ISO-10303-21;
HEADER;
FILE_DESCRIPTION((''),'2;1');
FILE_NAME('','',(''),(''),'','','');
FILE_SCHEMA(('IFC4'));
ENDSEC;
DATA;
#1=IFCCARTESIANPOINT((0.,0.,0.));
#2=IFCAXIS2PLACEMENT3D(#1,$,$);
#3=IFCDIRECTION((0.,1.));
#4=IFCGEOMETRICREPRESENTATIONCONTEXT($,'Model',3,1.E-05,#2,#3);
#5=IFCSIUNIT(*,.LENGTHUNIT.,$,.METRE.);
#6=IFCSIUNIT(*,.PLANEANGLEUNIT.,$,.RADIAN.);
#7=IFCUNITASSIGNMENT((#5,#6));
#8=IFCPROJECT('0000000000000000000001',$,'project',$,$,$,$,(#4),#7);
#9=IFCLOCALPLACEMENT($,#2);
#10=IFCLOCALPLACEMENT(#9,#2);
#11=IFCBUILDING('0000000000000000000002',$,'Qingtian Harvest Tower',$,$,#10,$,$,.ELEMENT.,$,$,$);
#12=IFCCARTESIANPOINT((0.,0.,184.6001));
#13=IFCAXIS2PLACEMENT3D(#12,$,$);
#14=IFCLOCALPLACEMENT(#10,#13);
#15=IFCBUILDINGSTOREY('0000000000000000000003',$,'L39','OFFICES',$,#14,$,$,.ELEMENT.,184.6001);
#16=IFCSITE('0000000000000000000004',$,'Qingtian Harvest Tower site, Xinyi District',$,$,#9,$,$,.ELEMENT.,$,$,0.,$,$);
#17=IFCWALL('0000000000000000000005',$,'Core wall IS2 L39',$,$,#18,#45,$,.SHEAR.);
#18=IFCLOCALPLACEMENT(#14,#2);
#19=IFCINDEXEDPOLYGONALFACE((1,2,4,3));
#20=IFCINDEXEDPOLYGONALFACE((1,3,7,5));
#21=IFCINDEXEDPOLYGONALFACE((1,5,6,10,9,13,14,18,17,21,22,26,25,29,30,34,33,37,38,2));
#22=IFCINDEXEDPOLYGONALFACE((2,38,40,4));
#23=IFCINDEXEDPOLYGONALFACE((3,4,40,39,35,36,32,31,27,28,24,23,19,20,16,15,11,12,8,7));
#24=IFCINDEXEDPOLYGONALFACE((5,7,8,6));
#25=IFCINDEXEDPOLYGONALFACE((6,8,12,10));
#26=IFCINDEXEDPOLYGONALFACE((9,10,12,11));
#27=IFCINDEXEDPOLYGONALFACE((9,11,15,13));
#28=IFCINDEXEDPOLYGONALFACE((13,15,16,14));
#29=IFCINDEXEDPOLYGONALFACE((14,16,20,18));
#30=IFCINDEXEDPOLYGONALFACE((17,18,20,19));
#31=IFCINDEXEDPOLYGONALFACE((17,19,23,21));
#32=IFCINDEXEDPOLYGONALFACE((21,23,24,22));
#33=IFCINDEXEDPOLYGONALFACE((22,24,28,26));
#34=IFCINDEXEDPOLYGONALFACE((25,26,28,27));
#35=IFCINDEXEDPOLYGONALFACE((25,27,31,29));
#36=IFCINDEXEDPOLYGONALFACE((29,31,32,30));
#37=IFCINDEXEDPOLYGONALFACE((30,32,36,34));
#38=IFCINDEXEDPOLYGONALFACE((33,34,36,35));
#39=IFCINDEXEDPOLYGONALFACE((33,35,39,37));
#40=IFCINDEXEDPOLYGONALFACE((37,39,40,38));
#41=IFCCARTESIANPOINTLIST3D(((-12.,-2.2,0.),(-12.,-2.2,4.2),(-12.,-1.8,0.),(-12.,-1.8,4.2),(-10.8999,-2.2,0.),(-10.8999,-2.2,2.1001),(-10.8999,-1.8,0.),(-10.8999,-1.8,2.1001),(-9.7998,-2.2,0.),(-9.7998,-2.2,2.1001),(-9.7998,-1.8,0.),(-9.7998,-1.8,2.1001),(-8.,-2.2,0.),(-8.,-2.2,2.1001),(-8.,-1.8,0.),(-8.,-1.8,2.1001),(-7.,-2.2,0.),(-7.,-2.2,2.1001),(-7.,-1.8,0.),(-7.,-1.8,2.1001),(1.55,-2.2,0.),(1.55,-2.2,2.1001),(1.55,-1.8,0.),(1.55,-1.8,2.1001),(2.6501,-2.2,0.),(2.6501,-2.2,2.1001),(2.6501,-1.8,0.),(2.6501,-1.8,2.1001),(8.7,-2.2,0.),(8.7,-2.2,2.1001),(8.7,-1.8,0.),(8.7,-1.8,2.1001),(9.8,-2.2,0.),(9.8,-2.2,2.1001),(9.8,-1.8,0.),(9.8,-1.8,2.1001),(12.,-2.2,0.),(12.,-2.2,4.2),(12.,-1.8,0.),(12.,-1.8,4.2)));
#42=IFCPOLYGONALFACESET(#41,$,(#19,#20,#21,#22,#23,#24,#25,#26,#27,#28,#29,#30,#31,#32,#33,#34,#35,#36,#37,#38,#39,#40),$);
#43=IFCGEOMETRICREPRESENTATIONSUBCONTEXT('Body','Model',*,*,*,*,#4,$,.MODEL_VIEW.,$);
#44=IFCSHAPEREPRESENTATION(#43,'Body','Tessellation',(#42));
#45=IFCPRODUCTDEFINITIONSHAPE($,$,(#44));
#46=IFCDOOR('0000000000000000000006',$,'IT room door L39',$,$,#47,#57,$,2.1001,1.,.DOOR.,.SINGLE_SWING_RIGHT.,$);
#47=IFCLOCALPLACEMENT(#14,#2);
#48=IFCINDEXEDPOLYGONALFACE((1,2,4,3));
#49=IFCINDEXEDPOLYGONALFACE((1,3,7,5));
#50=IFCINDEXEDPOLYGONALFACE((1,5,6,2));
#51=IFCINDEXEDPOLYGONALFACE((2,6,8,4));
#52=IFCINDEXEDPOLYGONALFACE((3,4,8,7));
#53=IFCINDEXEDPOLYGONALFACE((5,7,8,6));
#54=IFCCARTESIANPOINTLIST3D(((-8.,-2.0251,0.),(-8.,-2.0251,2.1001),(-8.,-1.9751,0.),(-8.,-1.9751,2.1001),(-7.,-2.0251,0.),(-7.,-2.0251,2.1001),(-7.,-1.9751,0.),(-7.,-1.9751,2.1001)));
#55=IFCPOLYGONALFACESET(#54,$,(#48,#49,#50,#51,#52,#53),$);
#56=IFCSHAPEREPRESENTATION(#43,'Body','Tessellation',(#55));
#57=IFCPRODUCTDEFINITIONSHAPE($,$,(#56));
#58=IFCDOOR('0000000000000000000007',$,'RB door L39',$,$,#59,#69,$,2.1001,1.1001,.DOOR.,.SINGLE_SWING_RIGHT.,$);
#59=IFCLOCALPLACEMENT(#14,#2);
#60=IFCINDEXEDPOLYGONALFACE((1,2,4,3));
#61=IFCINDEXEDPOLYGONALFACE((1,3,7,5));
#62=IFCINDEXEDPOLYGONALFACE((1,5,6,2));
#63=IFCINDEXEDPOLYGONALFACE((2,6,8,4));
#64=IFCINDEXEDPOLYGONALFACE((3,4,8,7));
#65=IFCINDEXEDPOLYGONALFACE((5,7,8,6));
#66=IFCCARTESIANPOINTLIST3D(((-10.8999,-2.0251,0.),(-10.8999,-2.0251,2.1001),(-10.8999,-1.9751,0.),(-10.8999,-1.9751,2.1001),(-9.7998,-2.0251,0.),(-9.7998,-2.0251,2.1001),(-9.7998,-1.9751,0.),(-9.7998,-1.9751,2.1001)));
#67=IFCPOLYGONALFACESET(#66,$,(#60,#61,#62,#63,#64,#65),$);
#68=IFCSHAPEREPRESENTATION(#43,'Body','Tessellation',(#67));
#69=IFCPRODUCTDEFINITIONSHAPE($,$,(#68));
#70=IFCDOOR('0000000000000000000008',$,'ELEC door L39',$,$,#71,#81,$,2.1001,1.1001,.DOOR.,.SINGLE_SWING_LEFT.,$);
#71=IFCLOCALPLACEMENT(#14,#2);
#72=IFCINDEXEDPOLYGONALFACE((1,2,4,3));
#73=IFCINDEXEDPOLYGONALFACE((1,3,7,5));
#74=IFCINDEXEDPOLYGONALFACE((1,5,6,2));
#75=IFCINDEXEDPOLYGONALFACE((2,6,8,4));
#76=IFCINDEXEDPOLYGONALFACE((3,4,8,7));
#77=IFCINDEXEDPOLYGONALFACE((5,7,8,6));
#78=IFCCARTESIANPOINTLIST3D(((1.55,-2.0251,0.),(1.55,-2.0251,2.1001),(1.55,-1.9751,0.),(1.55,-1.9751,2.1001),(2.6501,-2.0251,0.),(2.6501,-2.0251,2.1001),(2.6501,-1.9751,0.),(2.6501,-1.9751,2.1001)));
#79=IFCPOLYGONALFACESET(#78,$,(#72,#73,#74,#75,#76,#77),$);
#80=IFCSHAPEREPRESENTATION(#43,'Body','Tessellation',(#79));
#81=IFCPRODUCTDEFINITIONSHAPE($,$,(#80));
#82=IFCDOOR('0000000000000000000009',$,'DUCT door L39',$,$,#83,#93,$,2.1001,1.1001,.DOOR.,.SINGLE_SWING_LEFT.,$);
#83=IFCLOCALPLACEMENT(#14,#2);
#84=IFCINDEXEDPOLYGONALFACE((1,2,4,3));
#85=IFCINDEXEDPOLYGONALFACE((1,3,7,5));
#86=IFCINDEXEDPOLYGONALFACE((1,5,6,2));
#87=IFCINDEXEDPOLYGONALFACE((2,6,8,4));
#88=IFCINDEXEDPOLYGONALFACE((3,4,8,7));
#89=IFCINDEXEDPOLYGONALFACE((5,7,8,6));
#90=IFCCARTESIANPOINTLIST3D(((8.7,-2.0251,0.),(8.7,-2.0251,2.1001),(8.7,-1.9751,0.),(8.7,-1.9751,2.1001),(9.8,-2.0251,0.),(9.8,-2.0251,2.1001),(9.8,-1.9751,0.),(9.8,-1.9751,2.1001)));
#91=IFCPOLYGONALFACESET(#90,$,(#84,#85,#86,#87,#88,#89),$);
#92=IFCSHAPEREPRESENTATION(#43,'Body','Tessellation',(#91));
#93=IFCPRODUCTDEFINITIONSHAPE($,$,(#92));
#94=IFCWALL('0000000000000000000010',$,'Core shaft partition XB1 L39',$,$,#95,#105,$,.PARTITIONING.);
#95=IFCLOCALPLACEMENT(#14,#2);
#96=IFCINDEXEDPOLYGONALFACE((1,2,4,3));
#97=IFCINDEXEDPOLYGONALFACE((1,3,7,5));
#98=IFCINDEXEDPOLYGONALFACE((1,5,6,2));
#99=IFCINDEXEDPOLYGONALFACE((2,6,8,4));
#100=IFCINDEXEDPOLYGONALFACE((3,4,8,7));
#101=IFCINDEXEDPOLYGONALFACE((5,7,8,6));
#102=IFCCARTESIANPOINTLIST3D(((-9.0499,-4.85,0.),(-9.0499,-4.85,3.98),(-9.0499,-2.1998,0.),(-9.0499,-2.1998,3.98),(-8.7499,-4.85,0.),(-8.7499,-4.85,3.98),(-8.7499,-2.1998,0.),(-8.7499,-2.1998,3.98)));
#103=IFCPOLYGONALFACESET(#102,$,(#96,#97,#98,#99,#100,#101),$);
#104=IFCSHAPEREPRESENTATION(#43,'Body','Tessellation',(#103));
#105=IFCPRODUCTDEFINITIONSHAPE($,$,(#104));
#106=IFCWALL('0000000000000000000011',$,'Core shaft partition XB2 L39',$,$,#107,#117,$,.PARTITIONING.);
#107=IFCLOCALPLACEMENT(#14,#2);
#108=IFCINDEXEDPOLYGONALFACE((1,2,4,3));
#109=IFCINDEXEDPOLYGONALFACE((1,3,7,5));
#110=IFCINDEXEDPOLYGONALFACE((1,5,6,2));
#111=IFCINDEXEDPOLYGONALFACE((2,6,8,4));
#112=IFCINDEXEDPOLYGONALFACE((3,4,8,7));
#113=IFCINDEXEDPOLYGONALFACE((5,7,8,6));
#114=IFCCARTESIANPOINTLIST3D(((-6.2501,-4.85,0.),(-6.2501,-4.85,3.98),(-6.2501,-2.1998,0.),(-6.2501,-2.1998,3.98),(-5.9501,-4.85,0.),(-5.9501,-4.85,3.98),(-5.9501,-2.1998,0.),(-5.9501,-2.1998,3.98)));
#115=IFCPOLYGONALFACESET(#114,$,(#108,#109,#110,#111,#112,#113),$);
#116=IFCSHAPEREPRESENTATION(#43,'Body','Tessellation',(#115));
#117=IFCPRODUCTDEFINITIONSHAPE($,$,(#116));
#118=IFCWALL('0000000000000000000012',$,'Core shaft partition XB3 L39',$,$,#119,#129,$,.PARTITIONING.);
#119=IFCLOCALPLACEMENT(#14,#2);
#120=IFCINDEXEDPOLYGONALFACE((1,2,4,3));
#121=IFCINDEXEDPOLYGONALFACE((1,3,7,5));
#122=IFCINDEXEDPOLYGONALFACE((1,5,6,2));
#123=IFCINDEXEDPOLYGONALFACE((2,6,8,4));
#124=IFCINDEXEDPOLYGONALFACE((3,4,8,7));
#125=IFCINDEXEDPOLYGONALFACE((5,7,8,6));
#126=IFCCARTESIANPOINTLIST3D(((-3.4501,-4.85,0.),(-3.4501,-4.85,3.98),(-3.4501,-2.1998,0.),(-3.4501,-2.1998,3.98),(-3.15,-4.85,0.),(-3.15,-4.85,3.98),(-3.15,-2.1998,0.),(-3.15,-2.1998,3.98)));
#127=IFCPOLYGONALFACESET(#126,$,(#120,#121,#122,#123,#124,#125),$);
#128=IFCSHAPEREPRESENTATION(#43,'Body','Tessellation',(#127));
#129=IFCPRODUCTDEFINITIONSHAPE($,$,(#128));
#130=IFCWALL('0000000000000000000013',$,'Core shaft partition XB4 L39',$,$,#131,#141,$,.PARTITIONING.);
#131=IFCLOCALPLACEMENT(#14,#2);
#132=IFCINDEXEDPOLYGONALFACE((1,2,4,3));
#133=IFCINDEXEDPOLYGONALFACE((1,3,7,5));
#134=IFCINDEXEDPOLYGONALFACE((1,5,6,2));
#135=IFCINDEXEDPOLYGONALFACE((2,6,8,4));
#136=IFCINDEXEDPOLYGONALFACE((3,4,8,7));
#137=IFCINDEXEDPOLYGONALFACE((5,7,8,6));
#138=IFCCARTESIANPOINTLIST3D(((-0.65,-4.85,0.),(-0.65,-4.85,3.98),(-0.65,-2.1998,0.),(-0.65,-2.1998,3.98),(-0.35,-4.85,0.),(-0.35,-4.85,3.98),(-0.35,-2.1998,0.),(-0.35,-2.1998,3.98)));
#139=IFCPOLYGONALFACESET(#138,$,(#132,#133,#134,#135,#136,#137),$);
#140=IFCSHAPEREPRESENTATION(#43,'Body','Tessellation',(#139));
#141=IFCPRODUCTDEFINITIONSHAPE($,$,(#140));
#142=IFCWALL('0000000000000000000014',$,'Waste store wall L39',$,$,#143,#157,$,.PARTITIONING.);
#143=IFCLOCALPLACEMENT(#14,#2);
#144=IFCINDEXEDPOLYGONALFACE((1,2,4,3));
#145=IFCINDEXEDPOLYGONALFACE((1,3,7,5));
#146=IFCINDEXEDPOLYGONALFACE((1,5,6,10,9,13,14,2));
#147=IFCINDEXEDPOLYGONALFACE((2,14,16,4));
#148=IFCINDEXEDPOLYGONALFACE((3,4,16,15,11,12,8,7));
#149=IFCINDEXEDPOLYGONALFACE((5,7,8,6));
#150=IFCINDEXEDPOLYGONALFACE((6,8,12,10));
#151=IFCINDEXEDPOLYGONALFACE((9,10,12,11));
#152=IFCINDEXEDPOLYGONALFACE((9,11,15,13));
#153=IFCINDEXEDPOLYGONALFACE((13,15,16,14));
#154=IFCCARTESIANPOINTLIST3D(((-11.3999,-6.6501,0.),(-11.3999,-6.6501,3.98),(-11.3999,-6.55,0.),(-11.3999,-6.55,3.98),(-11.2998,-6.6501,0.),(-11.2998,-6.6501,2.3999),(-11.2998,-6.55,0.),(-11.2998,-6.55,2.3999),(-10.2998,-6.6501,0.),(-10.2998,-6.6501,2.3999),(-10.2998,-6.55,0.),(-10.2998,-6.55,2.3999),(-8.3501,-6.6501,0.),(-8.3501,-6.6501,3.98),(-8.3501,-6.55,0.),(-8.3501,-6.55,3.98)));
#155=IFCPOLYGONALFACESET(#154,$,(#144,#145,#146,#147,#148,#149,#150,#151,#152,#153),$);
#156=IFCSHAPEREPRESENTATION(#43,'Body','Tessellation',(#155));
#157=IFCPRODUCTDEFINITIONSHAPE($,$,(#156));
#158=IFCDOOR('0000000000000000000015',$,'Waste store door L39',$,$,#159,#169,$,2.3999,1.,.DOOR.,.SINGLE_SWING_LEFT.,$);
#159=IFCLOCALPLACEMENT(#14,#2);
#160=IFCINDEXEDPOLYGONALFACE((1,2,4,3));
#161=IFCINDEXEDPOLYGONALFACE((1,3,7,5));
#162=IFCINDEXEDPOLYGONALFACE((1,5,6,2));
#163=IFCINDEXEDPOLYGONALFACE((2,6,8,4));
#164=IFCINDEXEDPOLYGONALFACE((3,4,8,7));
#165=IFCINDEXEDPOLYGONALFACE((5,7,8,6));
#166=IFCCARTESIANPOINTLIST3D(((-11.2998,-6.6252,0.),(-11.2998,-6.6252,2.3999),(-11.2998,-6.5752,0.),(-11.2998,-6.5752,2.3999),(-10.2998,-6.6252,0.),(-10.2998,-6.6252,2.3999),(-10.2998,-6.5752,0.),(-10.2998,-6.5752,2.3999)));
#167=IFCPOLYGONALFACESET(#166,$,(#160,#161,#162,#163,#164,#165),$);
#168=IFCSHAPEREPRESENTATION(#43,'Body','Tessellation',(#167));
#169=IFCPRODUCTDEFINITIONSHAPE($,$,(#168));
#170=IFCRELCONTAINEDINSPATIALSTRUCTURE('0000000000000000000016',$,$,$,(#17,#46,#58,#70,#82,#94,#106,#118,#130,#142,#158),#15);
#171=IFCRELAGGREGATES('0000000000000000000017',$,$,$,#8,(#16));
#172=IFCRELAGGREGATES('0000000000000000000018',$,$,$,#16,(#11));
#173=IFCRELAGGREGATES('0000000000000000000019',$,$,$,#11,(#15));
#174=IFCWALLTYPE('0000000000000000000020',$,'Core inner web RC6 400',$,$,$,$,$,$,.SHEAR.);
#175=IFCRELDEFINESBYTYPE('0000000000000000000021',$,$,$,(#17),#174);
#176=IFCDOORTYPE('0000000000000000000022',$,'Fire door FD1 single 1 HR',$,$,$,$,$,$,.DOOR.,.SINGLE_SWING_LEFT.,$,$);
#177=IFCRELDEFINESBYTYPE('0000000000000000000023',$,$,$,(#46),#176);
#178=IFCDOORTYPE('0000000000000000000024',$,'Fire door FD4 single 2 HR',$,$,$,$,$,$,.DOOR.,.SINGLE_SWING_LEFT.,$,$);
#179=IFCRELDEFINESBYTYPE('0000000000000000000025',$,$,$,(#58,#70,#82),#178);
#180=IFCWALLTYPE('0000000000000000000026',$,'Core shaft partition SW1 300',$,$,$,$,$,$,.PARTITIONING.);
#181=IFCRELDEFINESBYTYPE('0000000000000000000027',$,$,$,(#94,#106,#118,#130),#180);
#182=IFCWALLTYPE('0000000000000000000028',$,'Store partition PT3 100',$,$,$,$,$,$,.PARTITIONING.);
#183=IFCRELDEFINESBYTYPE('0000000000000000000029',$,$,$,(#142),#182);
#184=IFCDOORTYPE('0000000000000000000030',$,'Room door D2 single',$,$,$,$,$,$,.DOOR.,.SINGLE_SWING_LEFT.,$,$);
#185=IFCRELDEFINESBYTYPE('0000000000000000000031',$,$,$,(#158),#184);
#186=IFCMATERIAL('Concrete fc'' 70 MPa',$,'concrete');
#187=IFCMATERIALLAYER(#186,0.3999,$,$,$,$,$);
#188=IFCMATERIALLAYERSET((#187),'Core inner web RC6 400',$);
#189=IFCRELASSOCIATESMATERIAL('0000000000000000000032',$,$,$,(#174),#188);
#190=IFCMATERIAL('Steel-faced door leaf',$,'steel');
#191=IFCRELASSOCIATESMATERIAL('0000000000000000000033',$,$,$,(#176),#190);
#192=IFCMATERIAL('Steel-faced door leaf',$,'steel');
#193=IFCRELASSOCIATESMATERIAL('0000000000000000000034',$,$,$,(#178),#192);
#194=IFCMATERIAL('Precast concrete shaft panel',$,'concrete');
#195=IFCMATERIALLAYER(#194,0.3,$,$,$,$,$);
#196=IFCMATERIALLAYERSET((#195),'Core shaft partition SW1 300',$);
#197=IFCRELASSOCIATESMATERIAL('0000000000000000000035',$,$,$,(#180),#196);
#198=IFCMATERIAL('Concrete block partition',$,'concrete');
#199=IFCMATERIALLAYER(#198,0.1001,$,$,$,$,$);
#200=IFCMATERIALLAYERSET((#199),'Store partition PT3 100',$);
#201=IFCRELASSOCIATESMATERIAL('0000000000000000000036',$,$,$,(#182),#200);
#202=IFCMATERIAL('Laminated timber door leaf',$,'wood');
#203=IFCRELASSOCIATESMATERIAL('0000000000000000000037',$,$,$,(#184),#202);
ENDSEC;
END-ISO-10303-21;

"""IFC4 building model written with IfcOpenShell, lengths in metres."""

from ifc_helpers import new_model, si_unit, direction, frame, frame_2d, origin, place, context, subcontext, project, spatial, rectangle, extrude, material, layer, layer_set, type_object, element, fill, save


model = new_model("IFC4")

# Units and contexts
model_context = context("Model", 3, precision=1e-05, world=origin(), true_north=direction((0.0, 1.0)))
body_context = subcontext(model_context, "Body", "Model", "MODEL_VIEW")
ifc_project = project(units=[si_unit("LENGTHUNIT", "METRE"), si_unit("PLANEANGLEUNIT", "RADIAN")], contexts=[model_context])

# Site, building, storey
site_placement = place(None, origin())
site = spatial("IfcSite", under=ifc_project, at=site_placement, Name="Qingtian Harvest Tower site, Xinyi District", CompositionType="ELEMENT", RefElevation=0.0)
building_placement = place(site_placement, origin())
building = spatial("IfcBuilding", under=site, at=building_placement, Name="Qingtian Harvest Tower", CompositionType="ELEMENT")
storey_placement = place(building_placement, frame((0.0, 0.0, 184.6001)))
storey = spatial("IfcBuildingStorey", under=building, at=storey_placement, Name="L39", Description="OFFICES", CompositionType="ELEMENT", Elevation=184.6001)

# Wall, openings, doors
ifc_material_1 = material(Name="Concrete fc' 70 MPa", Category="concrete")
ifc_layer_1 = layer(ifc_material_1, 0.3999)
ifc_layer_set_1 = layer_set([ifc_layer_1], Name="Core inner web RC6 400")
wall_type_1 = type_object("IfcWallType", Name="Core inner web RC6 400", PredefinedType="SHEAR", material=ifc_layer_set_1)
wall_1_placement = place(storey_placement, frame((-12.0, -2.0, 0.0), z_axis=(0.0, 0.0, 1.0), x_axis=(1.0, 0.0, 0.0)))
wall_1 = element("IfcWall", 1, at=wall_1_placement, inside=storey, type_object=wall_type_1, Name="Core wall IS2 L39", PredefinedType="SHEAR", context=body_context, shape_type="SweptSolid", body=[
    extrude(rectangle(XDim=24.0, YDim=0.3999, at=frame_2d((12.0, 0.0))), origin(), (0.0, 0.0, 1.0), 4.2),
])
opening_1_placement = place(wall_1_placement, frame((1.1001, 0.0, 0.0)))
opening_1 = element("IfcOpeningElement", 2, at=opening_1_placement, cuts=wall_1, PredefinedType="OPENING", context=body_context, shape_type="SweptSolid", body=[
    extrude(rectangle(XDim=1.1001, YDim=2.1001, at=frame_2d((0.55, 1.05))), frame((0.0, 0.21, 0.0), z_axis=(0.0, -1.0, 0.0), x_axis=(1.0, 0.0, 0.0)), (0.0, 0.0, 1.0), 0.4199),
])
opening_2_placement = place(wall_1_placement, frame((13.55, 0.0, 0.0)))
opening_2 = element("IfcOpeningElement", 3, at=opening_2_placement, cuts=wall_1, PredefinedType="OPENING", context=body_context, shape_type="SweptSolid", body=[
    extrude(rectangle(XDim=1.1001, YDim=2.1001, at=frame_2d((0.55, 1.05))), frame((0.0, 0.21, 0.0), z_axis=(0.0, -1.0, 0.0), x_axis=(1.0, 0.0, 0.0)), (0.0, 0.0, 1.0), 0.4199),
])
opening_3_placement = place(wall_1_placement, frame((20.7, 0.0, 0.0)))
opening_3 = element("IfcOpeningElement", 4, at=opening_3_placement, cuts=wall_1, PredefinedType="OPENING", context=body_context, shape_type="SweptSolid", body=[
    extrude(rectangle(XDim=1.1001, YDim=2.1001, at=frame_2d((0.55, 1.05))), frame((0.0, 0.21, 0.0), z_axis=(0.0, -1.0, 0.0), x_axis=(1.0, 0.0, 0.0)), (0.0, 0.0, 1.0), 0.4199),
])
opening_4_placement = place(wall_1_placement, frame((4.0, 0.0, 0.0)))
opening_4 = element("IfcOpeningElement", 5, at=opening_4_placement, cuts=wall_1, PredefinedType="OPENING", context=body_context, shape_type="SweptSolid", body=[
    extrude(rectangle(XDim=1.0, YDim=2.1001, at=frame_2d((0.5, 1.05))), frame((0.0, 0.21, 0.0), z_axis=(0.0, -1.0, 0.0), x_axis=(1.0, 0.0, 0.0)), (0.0, 0.0, 1.0), 0.4199),
])
ifc_material_2 = material(Name="Steel-faced door leaf", Category="steel")
door_type_1 = type_object("IfcDoorType", Name="Fire door FD1 single 1 HR", OperationType="SINGLE_SWING_LEFT", PredefinedType="DOOR", material=ifc_material_2)
door_1_placement = place(opening_4_placement, origin())
door_1 = element("IfcDoor", 6, at=door_1_placement, inside=storey, type_object=door_type_1, Name="IT room door L39", OperationType="SINGLE_SWING_RIGHT", OverallHeight=2.1001, OverallWidth=1.0, PredefinedType="DOOR", context=body_context, shape_type="SweptSolid", body=[
    extrude(rectangle(XDim=1.0, YDim=2.1001, at=frame_2d((0.5, 1.05))), frame((0.0, 0.0249, 0.0), z_axis=(0.0, -1.0, 0.0), x_axis=(1.0, 0.0, 0.0)), (0.0, 0.0, 1.0), 0.05),
])
fill(opening_4, door_1)
ifc_material_3 = material(Name="Steel-faced door leaf", Category="steel")
door_type_2 = type_object("IfcDoorType", Name="Fire door FD4 single 2 HR", OperationType="SINGLE_SWING_LEFT", PredefinedType="DOOR", material=ifc_material_3)
door_2_placement = place(opening_1_placement, origin())
door_2 = element("IfcDoor", 7, at=door_2_placement, inside=storey, type_object=door_type_2, Name="RB door L39", OperationType="SINGLE_SWING_RIGHT", OverallHeight=2.1001, OverallWidth=1.1001, PredefinedType="DOOR", context=body_context, shape_type="SweptSolid", body=[
    extrude(rectangle(XDim=1.1001, YDim=2.1001, at=frame_2d((0.55, 1.05))), frame((0.0, 0.0249, 0.0), z_axis=(0.0, -1.0, 0.0), x_axis=(1.0, 0.0, 0.0)), (0.0, 0.0, 1.0), 0.05),
])
fill(opening_1, door_2)
door_3_placement = place(opening_2_placement, origin())
door_3 = element("IfcDoor", 8, at=door_3_placement, inside=storey, type_object=door_type_2, Name="ELEC door L39", OperationType="SINGLE_SWING_LEFT", OverallHeight=2.1001, OverallWidth=1.1001, PredefinedType="DOOR", context=body_context, shape_type="SweptSolid", body=[
    extrude(rectangle(XDim=1.1001, YDim=2.1001, at=frame_2d((0.55, 1.05))), frame((0.0, 0.0249, 0.0), z_axis=(0.0, -1.0, 0.0), x_axis=(1.0, 0.0, 0.0)), (0.0, 0.0, 1.0), 0.05),
])
fill(opening_2, door_3)
door_4_placement = place(opening_3_placement, origin())
door_4 = element("IfcDoor", 9, at=door_4_placement, inside=storey, type_object=door_type_2, Name="DUCT door L39", OperationType="SINGLE_SWING_LEFT", OverallHeight=2.1001, OverallWidth=1.1001, PredefinedType="DOOR", context=body_context, shape_type="SweptSolid", body=[
    extrude(rectangle(XDim=1.1001, YDim=2.1001, at=frame_2d((0.55, 1.05))), frame((0.0, 0.0249, 0.0), z_axis=(0.0, -1.0, 0.0), x_axis=(1.0, 0.0, 0.0)), (0.0, 0.0, 1.0), 0.05),
])
fill(opening_3, door_4)

# Walls
ifc_material_4 = material(Name="Precast concrete shaft panel", Category="concrete")
ifc_layer_2 = layer(ifc_material_4, 0.3)
ifc_layer_set_2 = layer_set([ifc_layer_2], Name="Core shaft partition SW1 300")
wall_type_2 = type_object("IfcWallType", Name="Core shaft partition SW1 300", PredefinedType="PARTITIONING", material=ifc_layer_set_2)
for number, where, z_axis, x_axis, name in (
    (10, (-8.8999, -4.8501, 0.0), (0.0, 0.0, 1.0), (0.0, 1.0, 0.0), "Core shaft partition XB1 L39"),
    (11, (-6.1001, -4.8501, 0.0), (0.0, 0.0, 1.0), (0.0, 1.0, 0.0), "Core shaft partition XB2 L39"),
    (12, (-3.3, -4.8501, 0.0), (0.0, 0.0, 1.0), (0.0, 1.0, 0.0), "Core shaft partition XB3 L39"),
    (13, (-0.5, -4.8501, 0.0), (0.0, 0.0, 1.0), (0.0, 1.0, 0.0), "Core shaft partition XB4 L39"),
):
    element("IfcWall", number, at=place(storey_placement, frame(where, z_axis=z_axis, x_axis=x_axis)), inside=storey, type_object=wall_type_2, Name=name, PredefinedType="PARTITIONING", context=body_context, shape_type="SweptSolid", body=[
        extrude(rectangle(XDim=2.6501, YDim=0.3, at=frame_2d((1.3252, 0.0))), origin(), (0.0, 0.0, 1.0), 3.98),
    ])

# Wall, opening, door
ifc_material_5 = material(Name="Concrete block partition", Category="concrete")
ifc_layer_3 = layer(ifc_material_5, 0.1001)
ifc_layer_set_3 = layer_set([ifc_layer_3], Name="Store partition PT3 100")
wall_type_3 = type_object("IfcWallType", Name="Store partition PT3 100", PredefinedType="PARTITIONING", material=ifc_layer_set_3)
wall_2_placement = place(storey_placement, frame((-11.3999, -6.6001, 0.0), z_axis=(0.0, 0.0, 1.0), x_axis=(1.0, 0.0, 0.0)))
wall_2 = element("IfcWall", 14, at=wall_2_placement, inside=storey, type_object=wall_type_3, Name="Waste store wall L39", PredefinedType="PARTITIONING", context=body_context, shape_type="SweptSolid", body=[
    extrude(rectangle(XDim=3.0498, YDim=0.1001, at=frame_2d((1.5249, 0.0))), origin(), (0.0, 0.0, 1.0), 3.98),
])
opening_5_placement = place(wall_2_placement, frame((0.1001, 0.0, 0.0)))
opening_5 = element("IfcOpeningElement", 15, at=opening_5_placement, cuts=wall_2, PredefinedType="OPENING", context=body_context, shape_type="SweptSolid", body=[
    extrude(rectangle(XDim=1.0, YDim=2.3999, at=frame_2d((0.5, 1.2))), frame((0.0, 0.0601, 0.0), z_axis=(0.0, -1.0, 0.0), x_axis=(1.0, 0.0, 0.0)), (0.0, 0.0, 1.0), 0.1201),
])
ifc_material_6 = material(Name="Laminated timber door leaf", Category="wood")
door_type_3 = type_object("IfcDoorType", Name="Room door D2 single", OperationType="SINGLE_SWING_LEFT", PredefinedType="DOOR", material=ifc_material_6)
door_5_placement = place(opening_5_placement, origin())
door_5 = element("IfcDoor", 16, at=door_5_placement, inside=storey, type_object=door_type_3, Name="Waste store door L39", OperationType="SINGLE_SWING_LEFT", OverallHeight=2.3999, OverallWidth=1.0, PredefinedType="DOOR", context=body_context, shape_type="SweptSolid", body=[
    extrude(rectangle(XDim=1.0, YDim=2.3999, at=frame_2d((0.5, 1.2))), frame((0.0, 0.0249, 0.0), z_axis=(0.0, -1.0, 0.0), x_axis=(1.0, 0.0, 0.0)), (0.0, 0.0, 1.0), 0.05),
])
fill(opening_5, door_5)

save(model, "model.ifc")
